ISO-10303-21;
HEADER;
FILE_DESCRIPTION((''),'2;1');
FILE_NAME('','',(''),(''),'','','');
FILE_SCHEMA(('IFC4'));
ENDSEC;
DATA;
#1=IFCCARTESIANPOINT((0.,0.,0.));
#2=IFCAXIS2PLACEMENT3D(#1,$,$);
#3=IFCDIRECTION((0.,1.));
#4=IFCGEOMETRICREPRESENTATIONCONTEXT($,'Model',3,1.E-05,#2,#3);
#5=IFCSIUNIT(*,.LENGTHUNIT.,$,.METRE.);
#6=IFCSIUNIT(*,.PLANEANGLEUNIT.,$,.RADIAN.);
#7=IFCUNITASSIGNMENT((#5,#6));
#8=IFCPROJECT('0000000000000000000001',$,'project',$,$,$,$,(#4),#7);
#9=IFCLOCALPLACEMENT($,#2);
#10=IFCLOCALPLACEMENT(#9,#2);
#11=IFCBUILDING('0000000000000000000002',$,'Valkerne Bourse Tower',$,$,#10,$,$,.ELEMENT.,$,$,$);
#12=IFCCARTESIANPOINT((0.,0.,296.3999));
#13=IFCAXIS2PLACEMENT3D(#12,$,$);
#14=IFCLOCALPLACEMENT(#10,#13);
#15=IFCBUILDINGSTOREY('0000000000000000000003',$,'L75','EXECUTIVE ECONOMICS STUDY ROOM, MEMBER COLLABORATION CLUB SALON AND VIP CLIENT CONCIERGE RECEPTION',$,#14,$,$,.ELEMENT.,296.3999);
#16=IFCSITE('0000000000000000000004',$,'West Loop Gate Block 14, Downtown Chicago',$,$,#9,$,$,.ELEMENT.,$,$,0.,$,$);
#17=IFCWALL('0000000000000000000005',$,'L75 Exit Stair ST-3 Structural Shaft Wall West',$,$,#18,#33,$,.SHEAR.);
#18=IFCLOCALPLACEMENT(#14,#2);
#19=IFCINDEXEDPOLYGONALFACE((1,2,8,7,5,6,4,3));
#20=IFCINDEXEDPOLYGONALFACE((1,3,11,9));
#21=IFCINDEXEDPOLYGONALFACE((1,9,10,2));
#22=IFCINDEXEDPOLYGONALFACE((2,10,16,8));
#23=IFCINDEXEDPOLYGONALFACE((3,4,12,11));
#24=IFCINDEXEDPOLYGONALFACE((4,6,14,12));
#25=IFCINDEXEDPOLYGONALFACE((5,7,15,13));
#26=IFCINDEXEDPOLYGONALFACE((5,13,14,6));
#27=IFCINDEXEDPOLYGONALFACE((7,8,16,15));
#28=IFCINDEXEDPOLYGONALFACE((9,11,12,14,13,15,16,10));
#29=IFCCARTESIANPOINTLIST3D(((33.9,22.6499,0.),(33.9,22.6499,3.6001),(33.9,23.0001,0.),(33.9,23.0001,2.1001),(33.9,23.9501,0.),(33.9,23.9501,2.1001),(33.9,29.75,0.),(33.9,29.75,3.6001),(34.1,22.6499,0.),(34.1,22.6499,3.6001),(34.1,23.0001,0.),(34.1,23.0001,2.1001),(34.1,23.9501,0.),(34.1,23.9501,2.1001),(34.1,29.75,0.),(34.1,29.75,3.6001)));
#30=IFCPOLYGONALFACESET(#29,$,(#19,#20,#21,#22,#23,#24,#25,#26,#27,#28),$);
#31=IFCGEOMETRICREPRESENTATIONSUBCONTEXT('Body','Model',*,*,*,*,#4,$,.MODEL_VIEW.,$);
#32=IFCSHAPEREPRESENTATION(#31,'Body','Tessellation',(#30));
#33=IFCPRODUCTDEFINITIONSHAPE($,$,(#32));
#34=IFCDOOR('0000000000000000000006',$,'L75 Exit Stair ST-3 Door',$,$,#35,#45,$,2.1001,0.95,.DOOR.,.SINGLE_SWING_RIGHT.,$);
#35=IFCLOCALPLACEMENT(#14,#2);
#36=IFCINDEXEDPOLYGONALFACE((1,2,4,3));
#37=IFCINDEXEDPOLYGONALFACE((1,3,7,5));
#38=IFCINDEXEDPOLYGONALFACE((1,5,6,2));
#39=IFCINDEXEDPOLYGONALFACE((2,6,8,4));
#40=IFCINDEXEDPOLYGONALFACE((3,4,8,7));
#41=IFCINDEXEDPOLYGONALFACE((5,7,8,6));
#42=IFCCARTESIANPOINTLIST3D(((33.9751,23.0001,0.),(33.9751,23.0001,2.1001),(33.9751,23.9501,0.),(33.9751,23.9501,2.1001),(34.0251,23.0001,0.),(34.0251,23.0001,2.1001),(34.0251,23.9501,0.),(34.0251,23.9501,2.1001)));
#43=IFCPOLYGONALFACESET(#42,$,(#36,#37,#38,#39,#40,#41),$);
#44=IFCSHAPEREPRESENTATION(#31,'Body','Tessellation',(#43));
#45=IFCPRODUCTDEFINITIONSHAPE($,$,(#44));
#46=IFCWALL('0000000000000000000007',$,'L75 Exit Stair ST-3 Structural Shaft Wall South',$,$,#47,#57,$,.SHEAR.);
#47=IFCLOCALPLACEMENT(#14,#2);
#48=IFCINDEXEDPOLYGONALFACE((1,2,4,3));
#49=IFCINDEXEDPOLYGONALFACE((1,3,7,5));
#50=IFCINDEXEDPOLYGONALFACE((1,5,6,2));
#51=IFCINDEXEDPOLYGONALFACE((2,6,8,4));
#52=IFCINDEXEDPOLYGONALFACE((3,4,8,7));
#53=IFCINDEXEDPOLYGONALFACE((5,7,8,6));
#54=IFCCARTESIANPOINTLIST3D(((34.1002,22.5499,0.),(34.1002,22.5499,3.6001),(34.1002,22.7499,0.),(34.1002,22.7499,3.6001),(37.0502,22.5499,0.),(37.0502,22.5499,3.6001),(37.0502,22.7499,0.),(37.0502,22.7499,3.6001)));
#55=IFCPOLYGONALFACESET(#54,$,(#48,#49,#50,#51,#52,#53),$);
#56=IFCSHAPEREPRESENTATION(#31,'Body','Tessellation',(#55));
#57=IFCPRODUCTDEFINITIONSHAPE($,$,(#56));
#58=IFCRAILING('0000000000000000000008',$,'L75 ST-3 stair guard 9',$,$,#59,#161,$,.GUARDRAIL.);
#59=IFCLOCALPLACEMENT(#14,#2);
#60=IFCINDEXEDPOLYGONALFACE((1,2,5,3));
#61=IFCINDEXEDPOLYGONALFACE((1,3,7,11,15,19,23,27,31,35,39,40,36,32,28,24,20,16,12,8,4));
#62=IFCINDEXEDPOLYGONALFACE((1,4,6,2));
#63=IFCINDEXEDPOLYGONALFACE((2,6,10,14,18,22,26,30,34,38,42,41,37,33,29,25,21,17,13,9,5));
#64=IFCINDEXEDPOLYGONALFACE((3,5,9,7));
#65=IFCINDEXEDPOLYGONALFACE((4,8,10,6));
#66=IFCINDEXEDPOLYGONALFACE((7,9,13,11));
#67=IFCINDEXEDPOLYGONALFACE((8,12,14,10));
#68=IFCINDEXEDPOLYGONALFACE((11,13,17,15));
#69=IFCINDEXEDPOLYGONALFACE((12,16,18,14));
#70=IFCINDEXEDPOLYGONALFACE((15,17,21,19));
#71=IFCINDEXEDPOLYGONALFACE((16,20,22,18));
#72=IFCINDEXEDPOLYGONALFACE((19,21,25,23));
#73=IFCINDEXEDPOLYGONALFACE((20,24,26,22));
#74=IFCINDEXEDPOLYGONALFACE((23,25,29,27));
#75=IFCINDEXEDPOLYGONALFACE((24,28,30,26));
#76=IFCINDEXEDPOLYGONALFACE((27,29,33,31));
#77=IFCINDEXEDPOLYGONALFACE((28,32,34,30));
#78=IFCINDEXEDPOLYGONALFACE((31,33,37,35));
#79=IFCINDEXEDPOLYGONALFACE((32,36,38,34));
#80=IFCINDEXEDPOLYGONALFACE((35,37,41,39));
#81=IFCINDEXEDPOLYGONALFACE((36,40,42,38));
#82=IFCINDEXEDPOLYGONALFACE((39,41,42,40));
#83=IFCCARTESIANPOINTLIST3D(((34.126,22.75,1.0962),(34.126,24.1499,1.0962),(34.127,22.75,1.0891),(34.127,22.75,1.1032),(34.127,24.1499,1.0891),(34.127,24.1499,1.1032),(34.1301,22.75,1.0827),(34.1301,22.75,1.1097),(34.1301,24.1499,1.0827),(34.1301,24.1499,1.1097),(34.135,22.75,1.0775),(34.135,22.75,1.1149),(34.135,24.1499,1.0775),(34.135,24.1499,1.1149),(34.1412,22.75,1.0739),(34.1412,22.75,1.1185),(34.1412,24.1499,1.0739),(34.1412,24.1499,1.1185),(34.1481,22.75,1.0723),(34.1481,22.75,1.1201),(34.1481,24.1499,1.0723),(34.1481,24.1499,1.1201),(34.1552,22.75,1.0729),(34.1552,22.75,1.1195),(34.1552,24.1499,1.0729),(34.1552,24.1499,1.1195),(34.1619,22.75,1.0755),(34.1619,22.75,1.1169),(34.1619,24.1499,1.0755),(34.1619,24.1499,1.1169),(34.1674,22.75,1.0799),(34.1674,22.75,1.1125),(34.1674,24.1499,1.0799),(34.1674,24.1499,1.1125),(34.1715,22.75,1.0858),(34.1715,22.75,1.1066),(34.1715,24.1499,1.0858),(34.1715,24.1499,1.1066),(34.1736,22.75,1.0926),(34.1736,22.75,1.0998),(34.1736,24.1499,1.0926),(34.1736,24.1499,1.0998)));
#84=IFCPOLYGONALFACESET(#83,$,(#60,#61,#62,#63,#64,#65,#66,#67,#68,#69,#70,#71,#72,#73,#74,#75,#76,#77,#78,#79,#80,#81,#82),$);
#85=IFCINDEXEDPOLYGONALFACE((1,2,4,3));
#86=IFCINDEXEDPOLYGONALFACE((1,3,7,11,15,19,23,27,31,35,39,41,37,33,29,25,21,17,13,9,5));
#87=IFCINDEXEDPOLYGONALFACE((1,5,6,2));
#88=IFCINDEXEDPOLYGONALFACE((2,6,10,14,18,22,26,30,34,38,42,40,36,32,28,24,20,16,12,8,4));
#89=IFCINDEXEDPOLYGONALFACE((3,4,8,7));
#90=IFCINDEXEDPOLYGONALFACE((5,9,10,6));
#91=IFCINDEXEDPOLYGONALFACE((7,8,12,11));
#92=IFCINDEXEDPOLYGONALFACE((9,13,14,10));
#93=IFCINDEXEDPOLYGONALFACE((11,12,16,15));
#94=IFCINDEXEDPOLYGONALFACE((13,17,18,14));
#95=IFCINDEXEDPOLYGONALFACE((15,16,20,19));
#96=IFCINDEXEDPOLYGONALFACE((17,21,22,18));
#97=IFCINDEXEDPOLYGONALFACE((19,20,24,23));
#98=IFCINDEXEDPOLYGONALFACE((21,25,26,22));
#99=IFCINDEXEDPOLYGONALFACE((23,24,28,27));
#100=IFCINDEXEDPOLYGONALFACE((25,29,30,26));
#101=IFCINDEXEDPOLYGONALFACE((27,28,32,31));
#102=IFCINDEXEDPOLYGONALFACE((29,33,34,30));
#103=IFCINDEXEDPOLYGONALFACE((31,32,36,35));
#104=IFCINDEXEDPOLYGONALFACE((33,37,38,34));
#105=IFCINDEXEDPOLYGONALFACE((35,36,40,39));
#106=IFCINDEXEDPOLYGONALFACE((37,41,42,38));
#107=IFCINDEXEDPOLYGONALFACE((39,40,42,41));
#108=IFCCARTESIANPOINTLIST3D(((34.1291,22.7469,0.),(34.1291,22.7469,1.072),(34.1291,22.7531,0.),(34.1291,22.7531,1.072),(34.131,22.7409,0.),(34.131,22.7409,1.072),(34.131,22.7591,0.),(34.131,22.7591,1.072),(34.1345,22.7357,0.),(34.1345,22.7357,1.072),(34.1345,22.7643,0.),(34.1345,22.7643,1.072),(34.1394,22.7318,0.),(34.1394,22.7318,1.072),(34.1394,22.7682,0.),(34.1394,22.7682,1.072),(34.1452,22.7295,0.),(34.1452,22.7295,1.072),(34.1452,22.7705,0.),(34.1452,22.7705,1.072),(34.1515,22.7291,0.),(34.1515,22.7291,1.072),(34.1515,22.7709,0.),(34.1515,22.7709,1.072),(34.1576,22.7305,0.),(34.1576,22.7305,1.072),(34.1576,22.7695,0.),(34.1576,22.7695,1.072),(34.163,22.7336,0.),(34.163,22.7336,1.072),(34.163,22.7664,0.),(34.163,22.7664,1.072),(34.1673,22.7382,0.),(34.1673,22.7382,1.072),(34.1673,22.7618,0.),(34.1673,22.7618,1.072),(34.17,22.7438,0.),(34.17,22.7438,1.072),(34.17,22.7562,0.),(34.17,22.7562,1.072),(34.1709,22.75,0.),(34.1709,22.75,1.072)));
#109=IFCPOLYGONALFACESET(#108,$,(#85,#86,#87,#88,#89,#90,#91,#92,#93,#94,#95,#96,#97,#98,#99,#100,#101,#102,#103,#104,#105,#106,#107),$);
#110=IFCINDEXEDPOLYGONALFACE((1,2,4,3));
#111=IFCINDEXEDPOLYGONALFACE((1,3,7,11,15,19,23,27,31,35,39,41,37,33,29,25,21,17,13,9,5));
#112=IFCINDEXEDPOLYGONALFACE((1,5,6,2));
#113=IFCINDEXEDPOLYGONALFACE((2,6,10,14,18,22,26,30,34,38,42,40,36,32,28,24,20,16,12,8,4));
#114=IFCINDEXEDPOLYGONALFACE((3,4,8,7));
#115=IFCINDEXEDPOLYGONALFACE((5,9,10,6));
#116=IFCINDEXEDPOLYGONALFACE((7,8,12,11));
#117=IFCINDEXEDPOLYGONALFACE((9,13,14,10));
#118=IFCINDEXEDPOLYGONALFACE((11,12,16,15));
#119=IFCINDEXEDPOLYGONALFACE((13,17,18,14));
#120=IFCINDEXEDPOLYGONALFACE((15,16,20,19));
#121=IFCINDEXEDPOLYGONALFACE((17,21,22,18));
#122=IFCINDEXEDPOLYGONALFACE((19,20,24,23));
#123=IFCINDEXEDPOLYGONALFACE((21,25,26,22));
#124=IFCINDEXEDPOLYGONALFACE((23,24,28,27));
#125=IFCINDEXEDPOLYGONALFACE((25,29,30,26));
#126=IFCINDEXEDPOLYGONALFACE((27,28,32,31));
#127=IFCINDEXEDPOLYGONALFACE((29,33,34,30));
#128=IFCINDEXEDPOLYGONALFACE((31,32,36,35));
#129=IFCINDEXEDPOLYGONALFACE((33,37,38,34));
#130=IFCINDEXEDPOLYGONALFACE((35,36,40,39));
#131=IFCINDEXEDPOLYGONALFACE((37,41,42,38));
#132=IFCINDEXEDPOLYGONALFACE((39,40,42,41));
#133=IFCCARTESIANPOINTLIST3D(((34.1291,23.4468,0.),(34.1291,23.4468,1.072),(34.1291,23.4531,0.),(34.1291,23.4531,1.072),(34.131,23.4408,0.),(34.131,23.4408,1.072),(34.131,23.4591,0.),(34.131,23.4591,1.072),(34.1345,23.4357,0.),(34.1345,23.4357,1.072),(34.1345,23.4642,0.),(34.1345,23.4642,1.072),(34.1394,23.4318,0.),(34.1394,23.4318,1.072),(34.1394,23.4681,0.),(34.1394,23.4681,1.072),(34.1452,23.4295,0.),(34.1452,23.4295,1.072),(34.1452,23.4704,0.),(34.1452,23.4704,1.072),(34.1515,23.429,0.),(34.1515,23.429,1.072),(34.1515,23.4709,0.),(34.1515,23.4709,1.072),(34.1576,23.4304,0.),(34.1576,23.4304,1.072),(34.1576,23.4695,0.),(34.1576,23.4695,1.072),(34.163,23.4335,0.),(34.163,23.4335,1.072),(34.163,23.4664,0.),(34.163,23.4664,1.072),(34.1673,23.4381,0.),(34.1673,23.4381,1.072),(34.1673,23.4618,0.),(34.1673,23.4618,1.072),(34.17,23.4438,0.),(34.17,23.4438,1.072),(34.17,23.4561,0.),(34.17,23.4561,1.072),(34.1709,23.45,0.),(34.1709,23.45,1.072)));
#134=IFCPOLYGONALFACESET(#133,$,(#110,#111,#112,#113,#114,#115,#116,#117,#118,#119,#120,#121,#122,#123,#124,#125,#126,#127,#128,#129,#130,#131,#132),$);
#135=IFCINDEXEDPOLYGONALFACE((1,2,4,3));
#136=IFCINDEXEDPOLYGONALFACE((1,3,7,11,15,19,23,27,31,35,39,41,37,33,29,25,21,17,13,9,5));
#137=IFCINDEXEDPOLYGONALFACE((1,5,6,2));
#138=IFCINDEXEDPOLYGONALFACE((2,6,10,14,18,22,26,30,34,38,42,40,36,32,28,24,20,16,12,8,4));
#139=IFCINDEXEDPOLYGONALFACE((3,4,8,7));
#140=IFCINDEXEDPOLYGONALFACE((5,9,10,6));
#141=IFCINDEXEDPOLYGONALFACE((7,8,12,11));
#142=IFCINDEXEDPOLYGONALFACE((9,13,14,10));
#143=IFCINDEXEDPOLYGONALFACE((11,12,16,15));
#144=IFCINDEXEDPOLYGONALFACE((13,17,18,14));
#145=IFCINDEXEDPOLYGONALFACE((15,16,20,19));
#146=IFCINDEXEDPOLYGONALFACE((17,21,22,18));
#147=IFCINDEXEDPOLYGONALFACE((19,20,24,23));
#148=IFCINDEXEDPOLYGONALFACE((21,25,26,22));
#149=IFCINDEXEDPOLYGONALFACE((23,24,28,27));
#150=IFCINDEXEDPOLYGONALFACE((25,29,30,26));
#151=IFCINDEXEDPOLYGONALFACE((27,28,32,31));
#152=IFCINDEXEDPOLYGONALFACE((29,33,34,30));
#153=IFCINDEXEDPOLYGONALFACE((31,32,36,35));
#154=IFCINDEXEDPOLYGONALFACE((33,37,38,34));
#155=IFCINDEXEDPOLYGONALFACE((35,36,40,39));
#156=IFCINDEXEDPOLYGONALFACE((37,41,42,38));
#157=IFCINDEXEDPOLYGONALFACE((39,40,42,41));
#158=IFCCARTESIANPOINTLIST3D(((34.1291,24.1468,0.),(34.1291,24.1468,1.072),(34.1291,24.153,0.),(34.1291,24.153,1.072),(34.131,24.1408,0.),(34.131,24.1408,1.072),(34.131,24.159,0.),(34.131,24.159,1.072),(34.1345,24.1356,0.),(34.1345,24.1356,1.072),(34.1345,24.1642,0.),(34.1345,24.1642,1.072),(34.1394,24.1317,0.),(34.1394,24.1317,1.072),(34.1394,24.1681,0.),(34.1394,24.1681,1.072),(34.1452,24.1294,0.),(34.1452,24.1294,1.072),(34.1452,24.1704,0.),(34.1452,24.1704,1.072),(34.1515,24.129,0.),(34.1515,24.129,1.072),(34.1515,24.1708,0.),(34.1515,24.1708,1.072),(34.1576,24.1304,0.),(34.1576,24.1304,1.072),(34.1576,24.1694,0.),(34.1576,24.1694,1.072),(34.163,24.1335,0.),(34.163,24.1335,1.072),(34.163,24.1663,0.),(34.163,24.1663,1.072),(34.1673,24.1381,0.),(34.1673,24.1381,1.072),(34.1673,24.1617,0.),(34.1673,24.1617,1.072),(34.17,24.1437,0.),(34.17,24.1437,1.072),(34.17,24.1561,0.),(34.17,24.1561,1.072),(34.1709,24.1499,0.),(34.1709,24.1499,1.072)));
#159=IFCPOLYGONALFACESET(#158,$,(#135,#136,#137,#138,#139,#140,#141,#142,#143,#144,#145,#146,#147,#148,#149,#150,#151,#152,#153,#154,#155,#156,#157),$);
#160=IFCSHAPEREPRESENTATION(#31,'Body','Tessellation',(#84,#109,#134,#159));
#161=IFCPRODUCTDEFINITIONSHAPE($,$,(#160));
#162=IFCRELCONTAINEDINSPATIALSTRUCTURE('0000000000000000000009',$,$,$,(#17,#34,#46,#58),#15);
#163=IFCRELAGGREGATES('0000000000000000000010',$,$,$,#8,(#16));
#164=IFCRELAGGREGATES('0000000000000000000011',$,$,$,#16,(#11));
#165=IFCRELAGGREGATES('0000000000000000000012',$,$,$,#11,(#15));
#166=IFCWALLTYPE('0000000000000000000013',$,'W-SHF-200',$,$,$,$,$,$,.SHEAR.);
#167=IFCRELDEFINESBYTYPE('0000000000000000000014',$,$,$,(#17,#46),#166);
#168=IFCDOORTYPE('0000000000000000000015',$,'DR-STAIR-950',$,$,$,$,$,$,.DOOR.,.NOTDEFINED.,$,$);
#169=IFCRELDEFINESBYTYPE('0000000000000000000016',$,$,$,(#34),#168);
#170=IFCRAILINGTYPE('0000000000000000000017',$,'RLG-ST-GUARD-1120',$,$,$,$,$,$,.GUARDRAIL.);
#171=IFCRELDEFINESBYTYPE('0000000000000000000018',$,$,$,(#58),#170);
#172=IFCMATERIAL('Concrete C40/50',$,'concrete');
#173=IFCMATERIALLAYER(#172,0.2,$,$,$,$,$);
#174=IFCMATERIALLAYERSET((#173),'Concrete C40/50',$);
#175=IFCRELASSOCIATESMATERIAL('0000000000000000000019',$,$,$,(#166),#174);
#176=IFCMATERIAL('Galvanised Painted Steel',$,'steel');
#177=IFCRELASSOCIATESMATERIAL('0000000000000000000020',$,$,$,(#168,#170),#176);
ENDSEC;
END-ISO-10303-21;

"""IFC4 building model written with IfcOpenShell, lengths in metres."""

from ifc_helpers import new_model, si_unit, direction, frame, frame_2d, origin, origin_2d, place, context, subcontext, project, spatial, rectangle, circle, extrude, material, layer, layer_set, type_object, element, fill, save


model = new_model("IFC4")

# Units and contexts
model_context = context("Model", 3, precision=1e-05, world=origin(), true_north=direction((0.0, 1.0)))
body_context = subcontext(model_context, "Body", "Model", "MODEL_VIEW")
ifc_project = project(units=[si_unit("LENGTHUNIT", "METRE"), si_unit("PLANEANGLEUNIT", "RADIAN")], contexts=[model_context])

# Site, building, storey
site_placement = place(None, origin())
site = spatial("IfcSite", under=ifc_project, at=site_placement, Name="West Loop Gate Block 14, Downtown Chicago", CompositionType="ELEMENT", RefElevation=0.0)
building_placement = place(site_placement, origin())
building = spatial("IfcBuilding", under=site, at=building_placement, Name="Valkerne Bourse Tower", CompositionType="ELEMENT")
storey_placement = place(building_placement, frame((0.0, 0.0, 296.3999)))
storey = spatial("IfcBuildingStorey", under=building, at=storey_placement, Name="L75", Description="EXECUTIVE ECONOMICS STUDY ROOM, MEMBER COLLABORATION CLUB SALON AND VIP CLIENT CONCIERGE RECEPTION", CompositionType="ELEMENT", Elevation=296.3999)

# Wall, opening, door
ifc_material_1 = material(Name="Concrete C40/50", Category="concrete")
ifc_layer_1 = layer(ifc_material_1, 0.2)
ifc_layer_set_1 = layer_set([ifc_layer_1], Name="Concrete C40/50")
wall_type_1 = type_object("IfcWallType", Name="W-SHF-200", PredefinedType="SHEAR", material=ifc_layer_set_1)
wall_1_placement = place(storey_placement, frame((34.0, 22.6499, 0.0), z_axis=(0.0, 0.0, 1.0), x_axis=(0.0, 1.0, 0.0)))
wall_1 = element("IfcWall", 1, at=wall_1_placement, inside=storey, type_object=wall_type_1, Name="L75 Exit Stair ST-3 Structural Shaft Wall West", PredefinedType="SHEAR", context=body_context, shape_type="SweptSolid", body=[
    extrude(rectangle(XDim=7.1001, YDim=0.2, at=frame_2d((3.55, 0.0))), origin(), (0.0, 0.0, 1.0), 3.6001),
])
opening_placement = place(wall_1_placement, frame((0.3501, 0.0, 0.0)))
opening = element("IfcOpeningElement", 2, at=opening_placement, cuts=wall_1, PredefinedType="OPENING", context=body_context, shape_type="SweptSolid", body=[
    extrude(rectangle(XDim=0.95, YDim=2.1001, at=frame_2d((0.4751, 1.05))), frame((0.0, 0.1099, 0.0), z_axis=(0.0, -1.0, 0.0), x_axis=(1.0, 0.0, 0.0)), (0.0, 0.0, 1.0), 0.22),
])
ifc_material_2 = material(Name="Galvanised Painted Steel", Category="steel")
door_type = type_object("IfcDoorType", Name="DR-STAIR-950", OperationType="NOTDEFINED", PredefinedType="DOOR", material=ifc_material_2)
door_placement = place(opening_placement, origin())
door = element("IfcDoor", 3, at=door_placement, inside=storey, type_object=door_type, Name="L75 Exit Stair ST-3 Door", OperationType="SINGLE_SWING_RIGHT", OverallHeight=2.1001, OverallWidth=0.95, PredefinedType="DOOR", context=body_context, shape_type="SweptSolid", body=[
    extrude(rectangle(XDim=0.95, YDim=2.1001, at=frame_2d((0.4751, 1.05))), frame((0.0, 0.0249, 0.0), z_axis=(0.0, -1.0, 0.0), x_axis=(1.0, 0.0, 0.0)), (0.0, 0.0, 1.0), 0.05),
])
fill(opening, door)

# Wall
wall_2_placement = place(storey_placement, frame((34.1001, 22.6499, 0.0), z_axis=(0.0, 0.0, 1.0), x_axis=(1.0, 0.0, 0.0)))
element("IfcWall", 4, at=wall_2_placement, inside=storey, type_object=wall_type_1, Name="L75 Exit Stair ST-3 Structural Shaft Wall South", PredefinedType="SHEAR", context=body_context, shape_type="SweptSolid", body=[
    extrude(rectangle(XDim=2.95, YDim=0.2, at=frame_2d((1.4751, 0.0))), origin(), (0.0, 0.0, 1.0), 3.6001),
])

# Railing
railing_type = type_object("IfcRailingType", Name="RLG-ST-GUARD-1120", PredefinedType="GUARDRAIL", material=ifc_material_2)
railing_1_placement = place(storey_placement, frame((34.1499, 22.75, 0.0)))
element("IfcRailing", 5, at=railing_1_placement, inside=storey, type_object=railing_type, Name="L75 ST-3 stair guard 9", PredefinedType="GUARDRAIL", context=body_context, shape_type="SweptSolid", body=[
    extrude(circle(Radius=0.0239, at=origin_2d()), frame((0.0, 0.0, 1.0962), z_axis=(0.0, 1.0, 0.0), x_axis=(-1.0, 0.0, 0.0)), (0.0, 0.0, 1.0), 1.3999),
    extrude(circle(Radius=0.021, at=origin_2d()), origin(), (0.0, 0.0, 1.0), 1.072),
    extrude(circle(Radius=0.021, at=origin_2d()), frame((0.0, 0.7, 0.0)), (0.0, 0.0, 1.0), 1.072),
    extrude(circle(Radius=0.021, at=origin_2d()), frame((0.0, 1.3999, 0.0)), (0.0, 0.0, 1.0), 1.072),
])

save(model, "model.ifc")
